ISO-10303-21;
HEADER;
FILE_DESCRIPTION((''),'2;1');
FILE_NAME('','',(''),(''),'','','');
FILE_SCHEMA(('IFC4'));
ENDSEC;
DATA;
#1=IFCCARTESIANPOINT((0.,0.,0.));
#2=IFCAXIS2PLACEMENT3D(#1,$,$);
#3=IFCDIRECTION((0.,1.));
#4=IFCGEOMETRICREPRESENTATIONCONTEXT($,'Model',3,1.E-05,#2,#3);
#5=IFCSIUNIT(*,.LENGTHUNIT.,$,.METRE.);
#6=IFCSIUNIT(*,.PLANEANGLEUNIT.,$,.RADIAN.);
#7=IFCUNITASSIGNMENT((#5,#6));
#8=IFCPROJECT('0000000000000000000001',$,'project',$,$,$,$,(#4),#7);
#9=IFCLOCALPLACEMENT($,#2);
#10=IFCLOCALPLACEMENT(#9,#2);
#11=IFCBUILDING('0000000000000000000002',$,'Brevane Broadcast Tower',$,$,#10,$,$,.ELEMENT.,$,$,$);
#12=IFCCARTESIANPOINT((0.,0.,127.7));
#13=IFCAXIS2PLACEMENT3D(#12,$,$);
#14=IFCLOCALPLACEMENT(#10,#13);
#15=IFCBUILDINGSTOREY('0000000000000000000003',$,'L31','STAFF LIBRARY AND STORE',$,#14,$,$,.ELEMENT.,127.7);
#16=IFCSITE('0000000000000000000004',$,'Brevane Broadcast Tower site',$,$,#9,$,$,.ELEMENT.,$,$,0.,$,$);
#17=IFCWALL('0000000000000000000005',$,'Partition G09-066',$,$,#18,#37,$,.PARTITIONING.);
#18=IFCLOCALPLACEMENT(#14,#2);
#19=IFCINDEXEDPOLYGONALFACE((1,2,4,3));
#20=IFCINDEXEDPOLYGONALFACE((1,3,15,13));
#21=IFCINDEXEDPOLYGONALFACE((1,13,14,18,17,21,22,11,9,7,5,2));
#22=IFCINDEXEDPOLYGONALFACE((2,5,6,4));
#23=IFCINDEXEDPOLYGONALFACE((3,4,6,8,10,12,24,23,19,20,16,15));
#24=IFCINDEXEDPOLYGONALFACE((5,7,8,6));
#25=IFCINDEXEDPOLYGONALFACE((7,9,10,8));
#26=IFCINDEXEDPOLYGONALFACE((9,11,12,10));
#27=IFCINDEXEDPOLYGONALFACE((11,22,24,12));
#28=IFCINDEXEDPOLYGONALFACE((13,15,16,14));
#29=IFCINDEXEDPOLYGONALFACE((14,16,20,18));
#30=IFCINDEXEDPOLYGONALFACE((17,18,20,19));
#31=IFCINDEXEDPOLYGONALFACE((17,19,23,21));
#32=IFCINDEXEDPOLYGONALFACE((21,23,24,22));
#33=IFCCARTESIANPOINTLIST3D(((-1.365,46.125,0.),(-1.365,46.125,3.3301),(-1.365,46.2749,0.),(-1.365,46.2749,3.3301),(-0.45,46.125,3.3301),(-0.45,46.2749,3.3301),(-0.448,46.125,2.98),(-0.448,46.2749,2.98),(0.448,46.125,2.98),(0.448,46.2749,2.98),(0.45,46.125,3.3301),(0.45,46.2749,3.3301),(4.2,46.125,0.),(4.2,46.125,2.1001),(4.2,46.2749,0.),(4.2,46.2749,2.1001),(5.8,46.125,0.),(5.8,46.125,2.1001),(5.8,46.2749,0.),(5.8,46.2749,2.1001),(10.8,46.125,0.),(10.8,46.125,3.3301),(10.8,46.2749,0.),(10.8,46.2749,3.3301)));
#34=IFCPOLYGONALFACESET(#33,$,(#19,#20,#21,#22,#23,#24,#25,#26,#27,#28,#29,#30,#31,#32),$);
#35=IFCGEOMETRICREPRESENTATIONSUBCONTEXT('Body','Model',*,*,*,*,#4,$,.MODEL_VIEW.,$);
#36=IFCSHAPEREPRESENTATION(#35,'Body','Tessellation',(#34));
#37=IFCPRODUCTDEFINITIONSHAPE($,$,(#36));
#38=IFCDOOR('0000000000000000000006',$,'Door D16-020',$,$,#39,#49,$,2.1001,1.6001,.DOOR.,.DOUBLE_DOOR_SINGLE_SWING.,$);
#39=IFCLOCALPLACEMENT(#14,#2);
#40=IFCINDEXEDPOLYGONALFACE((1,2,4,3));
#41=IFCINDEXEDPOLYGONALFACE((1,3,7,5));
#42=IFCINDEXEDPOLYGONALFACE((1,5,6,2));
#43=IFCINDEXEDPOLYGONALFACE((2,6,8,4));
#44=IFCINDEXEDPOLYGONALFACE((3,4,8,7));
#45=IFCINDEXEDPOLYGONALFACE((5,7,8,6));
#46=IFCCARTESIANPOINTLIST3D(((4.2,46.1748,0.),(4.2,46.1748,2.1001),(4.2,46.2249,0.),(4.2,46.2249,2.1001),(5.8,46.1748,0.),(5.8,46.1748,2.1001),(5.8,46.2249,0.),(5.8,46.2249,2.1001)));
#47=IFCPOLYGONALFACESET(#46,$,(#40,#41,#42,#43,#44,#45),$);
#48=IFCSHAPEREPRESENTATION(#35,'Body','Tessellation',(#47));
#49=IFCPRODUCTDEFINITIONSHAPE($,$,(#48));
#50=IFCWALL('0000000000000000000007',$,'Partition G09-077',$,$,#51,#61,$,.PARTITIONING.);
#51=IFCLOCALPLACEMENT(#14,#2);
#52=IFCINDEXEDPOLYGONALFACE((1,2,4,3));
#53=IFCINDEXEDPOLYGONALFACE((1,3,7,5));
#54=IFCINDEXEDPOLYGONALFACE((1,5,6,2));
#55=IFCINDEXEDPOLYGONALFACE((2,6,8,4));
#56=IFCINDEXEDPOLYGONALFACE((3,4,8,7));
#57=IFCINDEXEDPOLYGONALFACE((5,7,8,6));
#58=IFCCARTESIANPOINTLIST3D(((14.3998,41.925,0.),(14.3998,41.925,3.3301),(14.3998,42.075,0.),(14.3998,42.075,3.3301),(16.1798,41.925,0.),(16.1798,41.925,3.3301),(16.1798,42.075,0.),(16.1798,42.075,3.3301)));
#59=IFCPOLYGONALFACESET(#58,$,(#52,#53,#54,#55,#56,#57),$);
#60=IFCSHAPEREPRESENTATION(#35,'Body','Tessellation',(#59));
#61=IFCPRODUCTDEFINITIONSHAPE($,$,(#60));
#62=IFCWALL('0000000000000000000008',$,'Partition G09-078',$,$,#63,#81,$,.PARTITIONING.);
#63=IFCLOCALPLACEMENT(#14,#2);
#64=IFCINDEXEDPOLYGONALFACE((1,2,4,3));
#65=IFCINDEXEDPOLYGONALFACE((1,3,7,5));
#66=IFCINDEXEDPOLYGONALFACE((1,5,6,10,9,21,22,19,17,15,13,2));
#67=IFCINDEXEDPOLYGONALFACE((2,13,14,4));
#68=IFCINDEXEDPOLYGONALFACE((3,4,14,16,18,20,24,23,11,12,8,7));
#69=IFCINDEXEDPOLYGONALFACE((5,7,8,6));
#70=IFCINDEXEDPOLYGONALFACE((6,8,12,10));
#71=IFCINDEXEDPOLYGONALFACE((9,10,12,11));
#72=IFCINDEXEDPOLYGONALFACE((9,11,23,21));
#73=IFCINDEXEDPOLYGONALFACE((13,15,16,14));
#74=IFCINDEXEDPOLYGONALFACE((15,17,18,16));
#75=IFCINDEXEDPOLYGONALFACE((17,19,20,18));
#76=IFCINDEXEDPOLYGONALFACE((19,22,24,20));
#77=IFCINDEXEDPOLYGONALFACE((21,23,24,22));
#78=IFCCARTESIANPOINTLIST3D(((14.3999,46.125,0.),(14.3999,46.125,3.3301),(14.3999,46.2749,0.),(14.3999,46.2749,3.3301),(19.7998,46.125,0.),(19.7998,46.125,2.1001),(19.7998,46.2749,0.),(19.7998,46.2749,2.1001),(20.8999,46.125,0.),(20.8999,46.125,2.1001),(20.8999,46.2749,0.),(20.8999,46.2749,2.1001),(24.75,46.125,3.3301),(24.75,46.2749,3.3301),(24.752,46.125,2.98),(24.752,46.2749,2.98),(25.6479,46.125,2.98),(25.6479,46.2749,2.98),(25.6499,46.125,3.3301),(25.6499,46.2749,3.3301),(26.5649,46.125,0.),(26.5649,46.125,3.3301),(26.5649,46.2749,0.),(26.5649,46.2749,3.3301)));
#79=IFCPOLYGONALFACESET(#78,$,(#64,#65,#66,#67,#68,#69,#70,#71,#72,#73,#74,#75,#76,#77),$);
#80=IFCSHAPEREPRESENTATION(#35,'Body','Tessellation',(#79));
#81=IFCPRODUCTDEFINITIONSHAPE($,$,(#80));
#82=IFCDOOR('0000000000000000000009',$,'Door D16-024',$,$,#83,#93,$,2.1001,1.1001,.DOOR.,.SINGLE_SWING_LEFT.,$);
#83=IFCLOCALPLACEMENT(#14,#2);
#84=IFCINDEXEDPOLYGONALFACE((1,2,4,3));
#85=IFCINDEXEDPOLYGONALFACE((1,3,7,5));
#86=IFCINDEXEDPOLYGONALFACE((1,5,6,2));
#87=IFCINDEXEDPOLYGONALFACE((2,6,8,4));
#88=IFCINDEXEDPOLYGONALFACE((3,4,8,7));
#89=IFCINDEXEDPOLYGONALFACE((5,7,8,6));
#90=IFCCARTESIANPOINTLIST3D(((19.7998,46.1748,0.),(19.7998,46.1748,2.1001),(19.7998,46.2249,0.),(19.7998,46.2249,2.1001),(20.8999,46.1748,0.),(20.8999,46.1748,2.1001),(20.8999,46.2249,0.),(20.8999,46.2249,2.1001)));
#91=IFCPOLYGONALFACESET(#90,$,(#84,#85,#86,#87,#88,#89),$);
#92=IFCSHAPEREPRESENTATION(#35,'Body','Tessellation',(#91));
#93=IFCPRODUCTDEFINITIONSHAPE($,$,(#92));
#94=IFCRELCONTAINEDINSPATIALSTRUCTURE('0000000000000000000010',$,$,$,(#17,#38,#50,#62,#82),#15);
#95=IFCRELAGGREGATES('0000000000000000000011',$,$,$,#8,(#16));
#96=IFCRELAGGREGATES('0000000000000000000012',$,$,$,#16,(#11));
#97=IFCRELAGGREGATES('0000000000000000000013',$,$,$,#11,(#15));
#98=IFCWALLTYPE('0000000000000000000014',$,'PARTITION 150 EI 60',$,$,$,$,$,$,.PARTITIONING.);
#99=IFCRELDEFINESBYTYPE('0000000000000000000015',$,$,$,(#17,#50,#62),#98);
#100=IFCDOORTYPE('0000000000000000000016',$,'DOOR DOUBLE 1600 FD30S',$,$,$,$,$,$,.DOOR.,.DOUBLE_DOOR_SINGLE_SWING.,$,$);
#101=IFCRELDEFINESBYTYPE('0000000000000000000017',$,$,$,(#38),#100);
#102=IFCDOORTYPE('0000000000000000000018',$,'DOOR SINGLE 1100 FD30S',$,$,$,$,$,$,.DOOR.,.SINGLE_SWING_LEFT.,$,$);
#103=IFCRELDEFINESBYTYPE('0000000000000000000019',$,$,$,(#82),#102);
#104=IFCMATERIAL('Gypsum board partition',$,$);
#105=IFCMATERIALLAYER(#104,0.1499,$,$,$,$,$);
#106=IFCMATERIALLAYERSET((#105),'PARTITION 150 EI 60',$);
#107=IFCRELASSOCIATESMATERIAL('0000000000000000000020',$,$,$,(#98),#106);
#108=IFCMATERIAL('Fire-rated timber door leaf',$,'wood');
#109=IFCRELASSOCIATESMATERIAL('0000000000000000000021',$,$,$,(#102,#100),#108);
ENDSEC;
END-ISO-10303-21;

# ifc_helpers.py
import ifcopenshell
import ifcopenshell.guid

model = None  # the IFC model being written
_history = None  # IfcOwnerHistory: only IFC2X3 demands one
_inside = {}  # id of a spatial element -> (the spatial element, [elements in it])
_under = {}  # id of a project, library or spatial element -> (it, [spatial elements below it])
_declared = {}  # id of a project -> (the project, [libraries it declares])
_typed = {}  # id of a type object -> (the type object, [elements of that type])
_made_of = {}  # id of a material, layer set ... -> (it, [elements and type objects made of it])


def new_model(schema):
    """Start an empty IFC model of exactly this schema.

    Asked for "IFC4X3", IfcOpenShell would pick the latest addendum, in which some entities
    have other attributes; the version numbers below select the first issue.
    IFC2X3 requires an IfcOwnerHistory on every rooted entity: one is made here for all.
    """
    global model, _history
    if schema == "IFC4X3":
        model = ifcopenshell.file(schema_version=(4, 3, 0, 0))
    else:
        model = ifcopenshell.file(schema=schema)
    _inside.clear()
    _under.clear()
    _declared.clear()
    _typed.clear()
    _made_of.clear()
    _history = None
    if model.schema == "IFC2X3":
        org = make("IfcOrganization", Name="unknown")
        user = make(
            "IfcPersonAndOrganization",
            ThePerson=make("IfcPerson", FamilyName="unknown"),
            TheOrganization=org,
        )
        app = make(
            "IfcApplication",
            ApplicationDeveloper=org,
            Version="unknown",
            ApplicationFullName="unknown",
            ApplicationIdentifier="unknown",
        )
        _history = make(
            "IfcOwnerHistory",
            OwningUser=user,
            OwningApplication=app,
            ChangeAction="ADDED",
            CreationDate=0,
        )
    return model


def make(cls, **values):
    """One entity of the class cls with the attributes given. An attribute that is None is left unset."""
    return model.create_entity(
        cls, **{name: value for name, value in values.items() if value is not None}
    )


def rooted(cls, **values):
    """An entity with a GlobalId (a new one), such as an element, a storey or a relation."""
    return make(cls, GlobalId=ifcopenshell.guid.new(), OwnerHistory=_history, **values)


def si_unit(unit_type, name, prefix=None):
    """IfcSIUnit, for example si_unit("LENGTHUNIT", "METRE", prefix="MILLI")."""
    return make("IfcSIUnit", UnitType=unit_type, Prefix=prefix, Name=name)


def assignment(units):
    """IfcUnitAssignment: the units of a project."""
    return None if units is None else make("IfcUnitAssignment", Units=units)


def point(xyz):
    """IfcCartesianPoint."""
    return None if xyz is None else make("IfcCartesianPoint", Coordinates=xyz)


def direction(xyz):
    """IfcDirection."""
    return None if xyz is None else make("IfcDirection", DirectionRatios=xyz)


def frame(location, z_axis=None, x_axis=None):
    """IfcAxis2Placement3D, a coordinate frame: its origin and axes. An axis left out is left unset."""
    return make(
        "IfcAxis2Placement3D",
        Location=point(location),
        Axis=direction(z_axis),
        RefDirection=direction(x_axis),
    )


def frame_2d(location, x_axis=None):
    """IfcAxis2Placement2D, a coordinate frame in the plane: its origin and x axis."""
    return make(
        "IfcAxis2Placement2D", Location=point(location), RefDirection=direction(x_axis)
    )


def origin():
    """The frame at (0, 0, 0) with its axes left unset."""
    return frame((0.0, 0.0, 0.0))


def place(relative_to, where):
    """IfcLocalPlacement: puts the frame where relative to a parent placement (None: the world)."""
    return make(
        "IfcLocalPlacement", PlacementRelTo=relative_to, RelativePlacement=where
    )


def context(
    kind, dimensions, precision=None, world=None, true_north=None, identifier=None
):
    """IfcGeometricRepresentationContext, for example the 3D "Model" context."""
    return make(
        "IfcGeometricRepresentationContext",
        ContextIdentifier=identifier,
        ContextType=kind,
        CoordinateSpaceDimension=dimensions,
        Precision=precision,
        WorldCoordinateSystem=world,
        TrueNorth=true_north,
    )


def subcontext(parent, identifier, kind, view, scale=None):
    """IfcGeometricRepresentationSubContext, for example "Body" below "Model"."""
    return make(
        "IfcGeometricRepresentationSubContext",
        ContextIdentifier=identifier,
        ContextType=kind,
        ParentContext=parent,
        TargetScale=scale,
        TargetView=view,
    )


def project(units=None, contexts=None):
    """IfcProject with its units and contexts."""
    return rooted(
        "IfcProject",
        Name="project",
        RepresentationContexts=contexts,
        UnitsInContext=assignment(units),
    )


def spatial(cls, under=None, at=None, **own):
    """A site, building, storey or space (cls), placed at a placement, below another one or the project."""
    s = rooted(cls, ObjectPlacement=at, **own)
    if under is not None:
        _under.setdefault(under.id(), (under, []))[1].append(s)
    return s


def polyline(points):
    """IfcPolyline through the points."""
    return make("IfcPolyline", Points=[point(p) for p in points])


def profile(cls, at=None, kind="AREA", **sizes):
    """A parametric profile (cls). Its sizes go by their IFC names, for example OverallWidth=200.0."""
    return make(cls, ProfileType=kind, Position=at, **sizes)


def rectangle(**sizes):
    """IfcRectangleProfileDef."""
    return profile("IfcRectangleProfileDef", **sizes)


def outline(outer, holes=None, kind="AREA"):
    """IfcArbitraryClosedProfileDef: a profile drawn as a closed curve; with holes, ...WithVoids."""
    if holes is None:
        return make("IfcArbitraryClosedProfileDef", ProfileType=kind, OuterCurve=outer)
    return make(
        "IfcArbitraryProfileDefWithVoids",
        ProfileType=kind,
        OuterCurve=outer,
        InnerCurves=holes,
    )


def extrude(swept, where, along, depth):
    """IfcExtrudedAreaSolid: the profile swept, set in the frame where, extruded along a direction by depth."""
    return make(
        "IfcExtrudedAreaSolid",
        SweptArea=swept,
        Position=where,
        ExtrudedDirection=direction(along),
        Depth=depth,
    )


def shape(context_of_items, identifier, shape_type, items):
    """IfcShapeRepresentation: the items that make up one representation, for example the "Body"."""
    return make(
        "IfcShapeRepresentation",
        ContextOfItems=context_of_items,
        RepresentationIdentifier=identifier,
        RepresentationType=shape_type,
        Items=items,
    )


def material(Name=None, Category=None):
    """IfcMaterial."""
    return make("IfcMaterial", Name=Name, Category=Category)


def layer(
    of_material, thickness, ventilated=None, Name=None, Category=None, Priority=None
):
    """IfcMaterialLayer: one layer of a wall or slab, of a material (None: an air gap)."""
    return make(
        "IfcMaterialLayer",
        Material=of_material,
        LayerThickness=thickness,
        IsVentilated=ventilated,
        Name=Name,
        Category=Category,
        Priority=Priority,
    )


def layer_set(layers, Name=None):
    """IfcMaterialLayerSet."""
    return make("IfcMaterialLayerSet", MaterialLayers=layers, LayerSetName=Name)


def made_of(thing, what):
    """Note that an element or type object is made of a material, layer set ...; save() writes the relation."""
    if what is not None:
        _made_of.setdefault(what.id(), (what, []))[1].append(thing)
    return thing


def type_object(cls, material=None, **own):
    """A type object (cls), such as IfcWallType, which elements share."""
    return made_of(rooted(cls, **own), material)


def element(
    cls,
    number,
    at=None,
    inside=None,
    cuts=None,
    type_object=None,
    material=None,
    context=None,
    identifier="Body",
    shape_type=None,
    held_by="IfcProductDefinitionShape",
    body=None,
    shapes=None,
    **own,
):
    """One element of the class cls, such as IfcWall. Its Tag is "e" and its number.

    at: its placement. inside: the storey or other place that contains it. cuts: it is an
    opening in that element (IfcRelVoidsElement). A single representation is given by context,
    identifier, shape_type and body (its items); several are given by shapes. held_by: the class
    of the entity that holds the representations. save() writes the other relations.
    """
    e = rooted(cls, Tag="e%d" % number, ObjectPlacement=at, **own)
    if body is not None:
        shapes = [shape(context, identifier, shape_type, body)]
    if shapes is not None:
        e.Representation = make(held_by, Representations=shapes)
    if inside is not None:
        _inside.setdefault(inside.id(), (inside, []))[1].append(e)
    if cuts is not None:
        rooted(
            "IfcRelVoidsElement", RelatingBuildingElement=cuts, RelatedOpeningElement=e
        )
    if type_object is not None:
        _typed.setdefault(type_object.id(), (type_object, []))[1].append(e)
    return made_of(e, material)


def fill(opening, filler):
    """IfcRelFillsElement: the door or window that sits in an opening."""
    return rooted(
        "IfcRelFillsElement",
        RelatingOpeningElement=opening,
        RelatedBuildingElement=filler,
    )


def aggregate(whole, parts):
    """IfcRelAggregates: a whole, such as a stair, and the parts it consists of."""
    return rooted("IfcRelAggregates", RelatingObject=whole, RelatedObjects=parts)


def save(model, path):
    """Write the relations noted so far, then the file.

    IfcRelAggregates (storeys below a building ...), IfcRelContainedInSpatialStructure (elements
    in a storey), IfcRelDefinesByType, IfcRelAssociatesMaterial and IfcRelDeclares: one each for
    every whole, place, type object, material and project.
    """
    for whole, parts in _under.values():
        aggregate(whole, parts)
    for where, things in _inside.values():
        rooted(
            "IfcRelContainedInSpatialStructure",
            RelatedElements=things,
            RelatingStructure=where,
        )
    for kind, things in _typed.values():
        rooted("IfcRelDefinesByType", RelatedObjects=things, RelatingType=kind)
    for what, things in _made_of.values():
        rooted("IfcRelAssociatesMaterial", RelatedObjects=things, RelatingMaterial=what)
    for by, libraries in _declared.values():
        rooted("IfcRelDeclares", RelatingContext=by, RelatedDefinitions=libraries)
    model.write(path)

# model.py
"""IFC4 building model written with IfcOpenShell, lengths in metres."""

from ifc_helpers import new_model, si_unit, direction, frame, frame_2d, origin, place, context, subcontext, project, spatial, polyline, rectangle, outline, extrude, material, layer, layer_set, type_object, element, fill, save


model = new_model("IFC4")

# Units and contexts
model_context = context("Model", 3, precision=1e-05, world=origin(), true_north=direction((0.0, 1.0)))
body_context = subcontext(model_context, "Body", "Model", "MODEL_VIEW")
ifc_project = project(units=[si_unit("LENGTHUNIT", "METRE"), si_unit("PLANEANGLEUNIT", "RADIAN")], contexts=[model_context])

# Site, building, storey
site_placement = place(None, origin())
site = spatial("IfcSite", under=ifc_project, at=site_placement, Name="Brevane Broadcast Tower site", CompositionType="ELEMENT", RefElevation=0.0)
building_placement = place(site_placement, origin())
building = spatial("IfcBuilding", under=site, at=building_placement, Name="Brevane Broadcast Tower", CompositionType="ELEMENT")
storey_placement = place(building_placement, frame((0.0, 0.0, 127.7)))
storey = spatial("IfcBuildingStorey", under=building, at=storey_placement, Name="L31", Description="STAFF LIBRARY AND STORE", CompositionType="ELEMENT", Elevation=127.7)

# Shared definitions
ifc_material_1 = material(Name="Gypsum board partition")
ifc_layer_1 = layer(ifc_material_1, 0.1499)
ifc_layer_set_1 = layer_set([ifc_layer_1], Name="PARTITION 150 EI 60")
wall_type_1 = type_object("IfcWallType", Name="PARTITION 150 EI 60", PredefinedType="PARTITIONING", material=ifc_layer_set_1)

# Shared definitions
ifc_material_2 = material(Name="Fire-rated timber door leaf", Category="wood")
door_type_1 = type_object("IfcDoorType", Name="DOOR SINGLE 1100 FD30S", OperationType="SINGLE_SWING_LEFT", PredefinedType="DOOR", material=ifc_material_2)

# Wall, opening, door
wall_1_placement = place(storey_placement, frame((-1.365, 46.2, 0.0), z_axis=(0.0, 0.0, 1.0), x_axis=(1.0, 0.0, 0.0)))
wall_1 = element("IfcWall", 1, at=wall_1_placement, inside=storey, type_object=wall_type_1, Name="Partition G09-066", PredefinedType="PARTITIONING", context=body_context, shape_type="SweptSolid", body=[
    extrude(outline(polyline([(0.0, 0.0), (12.165, 0.0), (12.165, 3.3301), (1.8149, 3.3301), (1.813, 2.98), (0.917, 2.98), (0.915, 3.3301), (0.2649, 3.3301), (0.0, 3.3301), (0.0, 0.0)])), frame((0.0, 0.075, 0.0), z_axis=(0.0, -1.0, 0.0), x_axis=(1.0, 0.0, 0.0)), (0.0, 0.0, 1.0), 0.1499),
])
opening_1_placement = place(wall_1_placement, frame((5.5649, 0.0, 0.0)))
opening_1 = element("IfcOpeningElement", 2, at=opening_1_placement, cuts=wall_1, PredefinedType="OPENING", context=body_context, shape_type="SweptSolid", body=[
    extrude(rectangle(XDim=1.6001, YDim=2.1001, at=frame_2d((0.8, 1.05))), frame((0.0, 0.085, 0.0), z_axis=(0.0, -1.0, 0.0), x_axis=(1.0, 0.0, 0.0)), (0.0, 0.0, 1.0), 0.1699),
])
door_type_2 = type_object("IfcDoorType", Name="DOOR DOUBLE 1600 FD30S", OperationType="DOUBLE_DOOR_SINGLE_SWING", PredefinedType="DOOR", material=ifc_material_2)
door_1_placement = place(opening_1_placement, origin())
door_1 = element("IfcDoor", 3, at=door_1_placement, inside=storey, type_object=door_type_2, Name="Door D16-020", OperationType="DOUBLE_DOOR_SINGLE_SWING", OverallHeight=2.1001, OverallWidth=1.6001, PredefinedType="DOOR", context=body_context, shape_type="SweptSolid", body=[
    extrude(rectangle(XDim=1.6001, YDim=2.1001, at=frame_2d((0.8, 1.05))), frame((0.0, 0.0249, 0.0), z_axis=(0.0, -1.0, 0.0), x_axis=(1.0, 0.0, 0.0)), (0.0, 0.0, 1.0), 0.05),
])
fill(opening_1, door_1)

# Wall
wall_2_placement = place(storey_placement, frame((16.1799, 42.0, 0.0), z_axis=(0.0, 0.0, 1.0), x_axis=(-1.0, 0.0, 0.0)))
element("IfcWall", 4, at=wall_2_placement, inside=storey, type_object=wall_type_1, Name="Partition G09-077", PredefinedType="PARTITIONING", context=body_context, shape_type="SweptSolid", body=[
    extrude(rectangle(XDim=1.78, YDim=0.1499, at=frame_2d((0.8901, 0.0))), origin(), (0.0, 0.0, 1.0), 3.3301),
])

# Wall, opening, door
wall_3_placement = place(storey_placement, frame((14.3999, 46.2, 0.0), z_axis=(0.0, 0.0, 1.0), x_axis=(1.0, 0.0, 0.0)))
wall_3 = element("IfcWall", 5, at=wall_3_placement, inside=storey, type_object=wall_type_1, Name="Partition G09-078", PredefinedType="PARTITIONING", context=body_context, shape_type="SweptSolid", body=[
    extrude(outline(polyline([(0.0, 0.0), (12.165, 0.0), (12.165, 3.3301), (11.8999, 3.3301), (11.25, 3.3301), (11.248, 2.98), (10.3521, 2.98), (10.3501, 3.3301), (0.0, 3.3301), (0.0, 0.0)])), frame((0.0, 0.075, 0.0), z_axis=(0.0, -1.0, 0.0), x_axis=(1.0, 0.0, 0.0)), (0.0, 0.0, 1.0), 0.1499),
])
opening_2_placement = place(wall_3_placement, frame((5.3999, 0.0, 0.0)))
opening_2 = element("IfcOpeningElement", 6, at=opening_2_placement, cuts=wall_3, PredefinedType="OPENING", context=body_context, shape_type="SweptSolid", body=[
    extrude(rectangle(XDim=1.1001, YDim=2.1001, at=frame_2d((0.55, 1.05))), frame((0.0, 0.085, 0.0), z_axis=(0.0, -1.0, 0.0), x_axis=(1.0, 0.0, 0.0)), (0.0, 0.0, 1.0), 0.1699),
])
door_2_placement = place(opening_2_placement, origin())
door_2 = element("IfcDoor", 7, at=door_2_placement, inside=storey, type_object=door_type_1, Name="Door D16-024", OperationType="SINGLE_SWING_LEFT", OverallHeight=2.1001, OverallWidth=1.1001, PredefinedType="DOOR", context=body_context, shape_type="SweptSolid", body=[
    extrude(rectangle(XDim=1.1001, YDim=2.1001, at=frame_2d((0.55, 1.05))), frame((0.0, 0.0249, 0.0), z_axis=(0.0, -1.0, 0.0), x_axis=(1.0, 0.0, 0.0)), (0.0, 0.0, 1.0), 0.05),
])
fill(opening_2, door_2)

save(model, "model.ifc")
